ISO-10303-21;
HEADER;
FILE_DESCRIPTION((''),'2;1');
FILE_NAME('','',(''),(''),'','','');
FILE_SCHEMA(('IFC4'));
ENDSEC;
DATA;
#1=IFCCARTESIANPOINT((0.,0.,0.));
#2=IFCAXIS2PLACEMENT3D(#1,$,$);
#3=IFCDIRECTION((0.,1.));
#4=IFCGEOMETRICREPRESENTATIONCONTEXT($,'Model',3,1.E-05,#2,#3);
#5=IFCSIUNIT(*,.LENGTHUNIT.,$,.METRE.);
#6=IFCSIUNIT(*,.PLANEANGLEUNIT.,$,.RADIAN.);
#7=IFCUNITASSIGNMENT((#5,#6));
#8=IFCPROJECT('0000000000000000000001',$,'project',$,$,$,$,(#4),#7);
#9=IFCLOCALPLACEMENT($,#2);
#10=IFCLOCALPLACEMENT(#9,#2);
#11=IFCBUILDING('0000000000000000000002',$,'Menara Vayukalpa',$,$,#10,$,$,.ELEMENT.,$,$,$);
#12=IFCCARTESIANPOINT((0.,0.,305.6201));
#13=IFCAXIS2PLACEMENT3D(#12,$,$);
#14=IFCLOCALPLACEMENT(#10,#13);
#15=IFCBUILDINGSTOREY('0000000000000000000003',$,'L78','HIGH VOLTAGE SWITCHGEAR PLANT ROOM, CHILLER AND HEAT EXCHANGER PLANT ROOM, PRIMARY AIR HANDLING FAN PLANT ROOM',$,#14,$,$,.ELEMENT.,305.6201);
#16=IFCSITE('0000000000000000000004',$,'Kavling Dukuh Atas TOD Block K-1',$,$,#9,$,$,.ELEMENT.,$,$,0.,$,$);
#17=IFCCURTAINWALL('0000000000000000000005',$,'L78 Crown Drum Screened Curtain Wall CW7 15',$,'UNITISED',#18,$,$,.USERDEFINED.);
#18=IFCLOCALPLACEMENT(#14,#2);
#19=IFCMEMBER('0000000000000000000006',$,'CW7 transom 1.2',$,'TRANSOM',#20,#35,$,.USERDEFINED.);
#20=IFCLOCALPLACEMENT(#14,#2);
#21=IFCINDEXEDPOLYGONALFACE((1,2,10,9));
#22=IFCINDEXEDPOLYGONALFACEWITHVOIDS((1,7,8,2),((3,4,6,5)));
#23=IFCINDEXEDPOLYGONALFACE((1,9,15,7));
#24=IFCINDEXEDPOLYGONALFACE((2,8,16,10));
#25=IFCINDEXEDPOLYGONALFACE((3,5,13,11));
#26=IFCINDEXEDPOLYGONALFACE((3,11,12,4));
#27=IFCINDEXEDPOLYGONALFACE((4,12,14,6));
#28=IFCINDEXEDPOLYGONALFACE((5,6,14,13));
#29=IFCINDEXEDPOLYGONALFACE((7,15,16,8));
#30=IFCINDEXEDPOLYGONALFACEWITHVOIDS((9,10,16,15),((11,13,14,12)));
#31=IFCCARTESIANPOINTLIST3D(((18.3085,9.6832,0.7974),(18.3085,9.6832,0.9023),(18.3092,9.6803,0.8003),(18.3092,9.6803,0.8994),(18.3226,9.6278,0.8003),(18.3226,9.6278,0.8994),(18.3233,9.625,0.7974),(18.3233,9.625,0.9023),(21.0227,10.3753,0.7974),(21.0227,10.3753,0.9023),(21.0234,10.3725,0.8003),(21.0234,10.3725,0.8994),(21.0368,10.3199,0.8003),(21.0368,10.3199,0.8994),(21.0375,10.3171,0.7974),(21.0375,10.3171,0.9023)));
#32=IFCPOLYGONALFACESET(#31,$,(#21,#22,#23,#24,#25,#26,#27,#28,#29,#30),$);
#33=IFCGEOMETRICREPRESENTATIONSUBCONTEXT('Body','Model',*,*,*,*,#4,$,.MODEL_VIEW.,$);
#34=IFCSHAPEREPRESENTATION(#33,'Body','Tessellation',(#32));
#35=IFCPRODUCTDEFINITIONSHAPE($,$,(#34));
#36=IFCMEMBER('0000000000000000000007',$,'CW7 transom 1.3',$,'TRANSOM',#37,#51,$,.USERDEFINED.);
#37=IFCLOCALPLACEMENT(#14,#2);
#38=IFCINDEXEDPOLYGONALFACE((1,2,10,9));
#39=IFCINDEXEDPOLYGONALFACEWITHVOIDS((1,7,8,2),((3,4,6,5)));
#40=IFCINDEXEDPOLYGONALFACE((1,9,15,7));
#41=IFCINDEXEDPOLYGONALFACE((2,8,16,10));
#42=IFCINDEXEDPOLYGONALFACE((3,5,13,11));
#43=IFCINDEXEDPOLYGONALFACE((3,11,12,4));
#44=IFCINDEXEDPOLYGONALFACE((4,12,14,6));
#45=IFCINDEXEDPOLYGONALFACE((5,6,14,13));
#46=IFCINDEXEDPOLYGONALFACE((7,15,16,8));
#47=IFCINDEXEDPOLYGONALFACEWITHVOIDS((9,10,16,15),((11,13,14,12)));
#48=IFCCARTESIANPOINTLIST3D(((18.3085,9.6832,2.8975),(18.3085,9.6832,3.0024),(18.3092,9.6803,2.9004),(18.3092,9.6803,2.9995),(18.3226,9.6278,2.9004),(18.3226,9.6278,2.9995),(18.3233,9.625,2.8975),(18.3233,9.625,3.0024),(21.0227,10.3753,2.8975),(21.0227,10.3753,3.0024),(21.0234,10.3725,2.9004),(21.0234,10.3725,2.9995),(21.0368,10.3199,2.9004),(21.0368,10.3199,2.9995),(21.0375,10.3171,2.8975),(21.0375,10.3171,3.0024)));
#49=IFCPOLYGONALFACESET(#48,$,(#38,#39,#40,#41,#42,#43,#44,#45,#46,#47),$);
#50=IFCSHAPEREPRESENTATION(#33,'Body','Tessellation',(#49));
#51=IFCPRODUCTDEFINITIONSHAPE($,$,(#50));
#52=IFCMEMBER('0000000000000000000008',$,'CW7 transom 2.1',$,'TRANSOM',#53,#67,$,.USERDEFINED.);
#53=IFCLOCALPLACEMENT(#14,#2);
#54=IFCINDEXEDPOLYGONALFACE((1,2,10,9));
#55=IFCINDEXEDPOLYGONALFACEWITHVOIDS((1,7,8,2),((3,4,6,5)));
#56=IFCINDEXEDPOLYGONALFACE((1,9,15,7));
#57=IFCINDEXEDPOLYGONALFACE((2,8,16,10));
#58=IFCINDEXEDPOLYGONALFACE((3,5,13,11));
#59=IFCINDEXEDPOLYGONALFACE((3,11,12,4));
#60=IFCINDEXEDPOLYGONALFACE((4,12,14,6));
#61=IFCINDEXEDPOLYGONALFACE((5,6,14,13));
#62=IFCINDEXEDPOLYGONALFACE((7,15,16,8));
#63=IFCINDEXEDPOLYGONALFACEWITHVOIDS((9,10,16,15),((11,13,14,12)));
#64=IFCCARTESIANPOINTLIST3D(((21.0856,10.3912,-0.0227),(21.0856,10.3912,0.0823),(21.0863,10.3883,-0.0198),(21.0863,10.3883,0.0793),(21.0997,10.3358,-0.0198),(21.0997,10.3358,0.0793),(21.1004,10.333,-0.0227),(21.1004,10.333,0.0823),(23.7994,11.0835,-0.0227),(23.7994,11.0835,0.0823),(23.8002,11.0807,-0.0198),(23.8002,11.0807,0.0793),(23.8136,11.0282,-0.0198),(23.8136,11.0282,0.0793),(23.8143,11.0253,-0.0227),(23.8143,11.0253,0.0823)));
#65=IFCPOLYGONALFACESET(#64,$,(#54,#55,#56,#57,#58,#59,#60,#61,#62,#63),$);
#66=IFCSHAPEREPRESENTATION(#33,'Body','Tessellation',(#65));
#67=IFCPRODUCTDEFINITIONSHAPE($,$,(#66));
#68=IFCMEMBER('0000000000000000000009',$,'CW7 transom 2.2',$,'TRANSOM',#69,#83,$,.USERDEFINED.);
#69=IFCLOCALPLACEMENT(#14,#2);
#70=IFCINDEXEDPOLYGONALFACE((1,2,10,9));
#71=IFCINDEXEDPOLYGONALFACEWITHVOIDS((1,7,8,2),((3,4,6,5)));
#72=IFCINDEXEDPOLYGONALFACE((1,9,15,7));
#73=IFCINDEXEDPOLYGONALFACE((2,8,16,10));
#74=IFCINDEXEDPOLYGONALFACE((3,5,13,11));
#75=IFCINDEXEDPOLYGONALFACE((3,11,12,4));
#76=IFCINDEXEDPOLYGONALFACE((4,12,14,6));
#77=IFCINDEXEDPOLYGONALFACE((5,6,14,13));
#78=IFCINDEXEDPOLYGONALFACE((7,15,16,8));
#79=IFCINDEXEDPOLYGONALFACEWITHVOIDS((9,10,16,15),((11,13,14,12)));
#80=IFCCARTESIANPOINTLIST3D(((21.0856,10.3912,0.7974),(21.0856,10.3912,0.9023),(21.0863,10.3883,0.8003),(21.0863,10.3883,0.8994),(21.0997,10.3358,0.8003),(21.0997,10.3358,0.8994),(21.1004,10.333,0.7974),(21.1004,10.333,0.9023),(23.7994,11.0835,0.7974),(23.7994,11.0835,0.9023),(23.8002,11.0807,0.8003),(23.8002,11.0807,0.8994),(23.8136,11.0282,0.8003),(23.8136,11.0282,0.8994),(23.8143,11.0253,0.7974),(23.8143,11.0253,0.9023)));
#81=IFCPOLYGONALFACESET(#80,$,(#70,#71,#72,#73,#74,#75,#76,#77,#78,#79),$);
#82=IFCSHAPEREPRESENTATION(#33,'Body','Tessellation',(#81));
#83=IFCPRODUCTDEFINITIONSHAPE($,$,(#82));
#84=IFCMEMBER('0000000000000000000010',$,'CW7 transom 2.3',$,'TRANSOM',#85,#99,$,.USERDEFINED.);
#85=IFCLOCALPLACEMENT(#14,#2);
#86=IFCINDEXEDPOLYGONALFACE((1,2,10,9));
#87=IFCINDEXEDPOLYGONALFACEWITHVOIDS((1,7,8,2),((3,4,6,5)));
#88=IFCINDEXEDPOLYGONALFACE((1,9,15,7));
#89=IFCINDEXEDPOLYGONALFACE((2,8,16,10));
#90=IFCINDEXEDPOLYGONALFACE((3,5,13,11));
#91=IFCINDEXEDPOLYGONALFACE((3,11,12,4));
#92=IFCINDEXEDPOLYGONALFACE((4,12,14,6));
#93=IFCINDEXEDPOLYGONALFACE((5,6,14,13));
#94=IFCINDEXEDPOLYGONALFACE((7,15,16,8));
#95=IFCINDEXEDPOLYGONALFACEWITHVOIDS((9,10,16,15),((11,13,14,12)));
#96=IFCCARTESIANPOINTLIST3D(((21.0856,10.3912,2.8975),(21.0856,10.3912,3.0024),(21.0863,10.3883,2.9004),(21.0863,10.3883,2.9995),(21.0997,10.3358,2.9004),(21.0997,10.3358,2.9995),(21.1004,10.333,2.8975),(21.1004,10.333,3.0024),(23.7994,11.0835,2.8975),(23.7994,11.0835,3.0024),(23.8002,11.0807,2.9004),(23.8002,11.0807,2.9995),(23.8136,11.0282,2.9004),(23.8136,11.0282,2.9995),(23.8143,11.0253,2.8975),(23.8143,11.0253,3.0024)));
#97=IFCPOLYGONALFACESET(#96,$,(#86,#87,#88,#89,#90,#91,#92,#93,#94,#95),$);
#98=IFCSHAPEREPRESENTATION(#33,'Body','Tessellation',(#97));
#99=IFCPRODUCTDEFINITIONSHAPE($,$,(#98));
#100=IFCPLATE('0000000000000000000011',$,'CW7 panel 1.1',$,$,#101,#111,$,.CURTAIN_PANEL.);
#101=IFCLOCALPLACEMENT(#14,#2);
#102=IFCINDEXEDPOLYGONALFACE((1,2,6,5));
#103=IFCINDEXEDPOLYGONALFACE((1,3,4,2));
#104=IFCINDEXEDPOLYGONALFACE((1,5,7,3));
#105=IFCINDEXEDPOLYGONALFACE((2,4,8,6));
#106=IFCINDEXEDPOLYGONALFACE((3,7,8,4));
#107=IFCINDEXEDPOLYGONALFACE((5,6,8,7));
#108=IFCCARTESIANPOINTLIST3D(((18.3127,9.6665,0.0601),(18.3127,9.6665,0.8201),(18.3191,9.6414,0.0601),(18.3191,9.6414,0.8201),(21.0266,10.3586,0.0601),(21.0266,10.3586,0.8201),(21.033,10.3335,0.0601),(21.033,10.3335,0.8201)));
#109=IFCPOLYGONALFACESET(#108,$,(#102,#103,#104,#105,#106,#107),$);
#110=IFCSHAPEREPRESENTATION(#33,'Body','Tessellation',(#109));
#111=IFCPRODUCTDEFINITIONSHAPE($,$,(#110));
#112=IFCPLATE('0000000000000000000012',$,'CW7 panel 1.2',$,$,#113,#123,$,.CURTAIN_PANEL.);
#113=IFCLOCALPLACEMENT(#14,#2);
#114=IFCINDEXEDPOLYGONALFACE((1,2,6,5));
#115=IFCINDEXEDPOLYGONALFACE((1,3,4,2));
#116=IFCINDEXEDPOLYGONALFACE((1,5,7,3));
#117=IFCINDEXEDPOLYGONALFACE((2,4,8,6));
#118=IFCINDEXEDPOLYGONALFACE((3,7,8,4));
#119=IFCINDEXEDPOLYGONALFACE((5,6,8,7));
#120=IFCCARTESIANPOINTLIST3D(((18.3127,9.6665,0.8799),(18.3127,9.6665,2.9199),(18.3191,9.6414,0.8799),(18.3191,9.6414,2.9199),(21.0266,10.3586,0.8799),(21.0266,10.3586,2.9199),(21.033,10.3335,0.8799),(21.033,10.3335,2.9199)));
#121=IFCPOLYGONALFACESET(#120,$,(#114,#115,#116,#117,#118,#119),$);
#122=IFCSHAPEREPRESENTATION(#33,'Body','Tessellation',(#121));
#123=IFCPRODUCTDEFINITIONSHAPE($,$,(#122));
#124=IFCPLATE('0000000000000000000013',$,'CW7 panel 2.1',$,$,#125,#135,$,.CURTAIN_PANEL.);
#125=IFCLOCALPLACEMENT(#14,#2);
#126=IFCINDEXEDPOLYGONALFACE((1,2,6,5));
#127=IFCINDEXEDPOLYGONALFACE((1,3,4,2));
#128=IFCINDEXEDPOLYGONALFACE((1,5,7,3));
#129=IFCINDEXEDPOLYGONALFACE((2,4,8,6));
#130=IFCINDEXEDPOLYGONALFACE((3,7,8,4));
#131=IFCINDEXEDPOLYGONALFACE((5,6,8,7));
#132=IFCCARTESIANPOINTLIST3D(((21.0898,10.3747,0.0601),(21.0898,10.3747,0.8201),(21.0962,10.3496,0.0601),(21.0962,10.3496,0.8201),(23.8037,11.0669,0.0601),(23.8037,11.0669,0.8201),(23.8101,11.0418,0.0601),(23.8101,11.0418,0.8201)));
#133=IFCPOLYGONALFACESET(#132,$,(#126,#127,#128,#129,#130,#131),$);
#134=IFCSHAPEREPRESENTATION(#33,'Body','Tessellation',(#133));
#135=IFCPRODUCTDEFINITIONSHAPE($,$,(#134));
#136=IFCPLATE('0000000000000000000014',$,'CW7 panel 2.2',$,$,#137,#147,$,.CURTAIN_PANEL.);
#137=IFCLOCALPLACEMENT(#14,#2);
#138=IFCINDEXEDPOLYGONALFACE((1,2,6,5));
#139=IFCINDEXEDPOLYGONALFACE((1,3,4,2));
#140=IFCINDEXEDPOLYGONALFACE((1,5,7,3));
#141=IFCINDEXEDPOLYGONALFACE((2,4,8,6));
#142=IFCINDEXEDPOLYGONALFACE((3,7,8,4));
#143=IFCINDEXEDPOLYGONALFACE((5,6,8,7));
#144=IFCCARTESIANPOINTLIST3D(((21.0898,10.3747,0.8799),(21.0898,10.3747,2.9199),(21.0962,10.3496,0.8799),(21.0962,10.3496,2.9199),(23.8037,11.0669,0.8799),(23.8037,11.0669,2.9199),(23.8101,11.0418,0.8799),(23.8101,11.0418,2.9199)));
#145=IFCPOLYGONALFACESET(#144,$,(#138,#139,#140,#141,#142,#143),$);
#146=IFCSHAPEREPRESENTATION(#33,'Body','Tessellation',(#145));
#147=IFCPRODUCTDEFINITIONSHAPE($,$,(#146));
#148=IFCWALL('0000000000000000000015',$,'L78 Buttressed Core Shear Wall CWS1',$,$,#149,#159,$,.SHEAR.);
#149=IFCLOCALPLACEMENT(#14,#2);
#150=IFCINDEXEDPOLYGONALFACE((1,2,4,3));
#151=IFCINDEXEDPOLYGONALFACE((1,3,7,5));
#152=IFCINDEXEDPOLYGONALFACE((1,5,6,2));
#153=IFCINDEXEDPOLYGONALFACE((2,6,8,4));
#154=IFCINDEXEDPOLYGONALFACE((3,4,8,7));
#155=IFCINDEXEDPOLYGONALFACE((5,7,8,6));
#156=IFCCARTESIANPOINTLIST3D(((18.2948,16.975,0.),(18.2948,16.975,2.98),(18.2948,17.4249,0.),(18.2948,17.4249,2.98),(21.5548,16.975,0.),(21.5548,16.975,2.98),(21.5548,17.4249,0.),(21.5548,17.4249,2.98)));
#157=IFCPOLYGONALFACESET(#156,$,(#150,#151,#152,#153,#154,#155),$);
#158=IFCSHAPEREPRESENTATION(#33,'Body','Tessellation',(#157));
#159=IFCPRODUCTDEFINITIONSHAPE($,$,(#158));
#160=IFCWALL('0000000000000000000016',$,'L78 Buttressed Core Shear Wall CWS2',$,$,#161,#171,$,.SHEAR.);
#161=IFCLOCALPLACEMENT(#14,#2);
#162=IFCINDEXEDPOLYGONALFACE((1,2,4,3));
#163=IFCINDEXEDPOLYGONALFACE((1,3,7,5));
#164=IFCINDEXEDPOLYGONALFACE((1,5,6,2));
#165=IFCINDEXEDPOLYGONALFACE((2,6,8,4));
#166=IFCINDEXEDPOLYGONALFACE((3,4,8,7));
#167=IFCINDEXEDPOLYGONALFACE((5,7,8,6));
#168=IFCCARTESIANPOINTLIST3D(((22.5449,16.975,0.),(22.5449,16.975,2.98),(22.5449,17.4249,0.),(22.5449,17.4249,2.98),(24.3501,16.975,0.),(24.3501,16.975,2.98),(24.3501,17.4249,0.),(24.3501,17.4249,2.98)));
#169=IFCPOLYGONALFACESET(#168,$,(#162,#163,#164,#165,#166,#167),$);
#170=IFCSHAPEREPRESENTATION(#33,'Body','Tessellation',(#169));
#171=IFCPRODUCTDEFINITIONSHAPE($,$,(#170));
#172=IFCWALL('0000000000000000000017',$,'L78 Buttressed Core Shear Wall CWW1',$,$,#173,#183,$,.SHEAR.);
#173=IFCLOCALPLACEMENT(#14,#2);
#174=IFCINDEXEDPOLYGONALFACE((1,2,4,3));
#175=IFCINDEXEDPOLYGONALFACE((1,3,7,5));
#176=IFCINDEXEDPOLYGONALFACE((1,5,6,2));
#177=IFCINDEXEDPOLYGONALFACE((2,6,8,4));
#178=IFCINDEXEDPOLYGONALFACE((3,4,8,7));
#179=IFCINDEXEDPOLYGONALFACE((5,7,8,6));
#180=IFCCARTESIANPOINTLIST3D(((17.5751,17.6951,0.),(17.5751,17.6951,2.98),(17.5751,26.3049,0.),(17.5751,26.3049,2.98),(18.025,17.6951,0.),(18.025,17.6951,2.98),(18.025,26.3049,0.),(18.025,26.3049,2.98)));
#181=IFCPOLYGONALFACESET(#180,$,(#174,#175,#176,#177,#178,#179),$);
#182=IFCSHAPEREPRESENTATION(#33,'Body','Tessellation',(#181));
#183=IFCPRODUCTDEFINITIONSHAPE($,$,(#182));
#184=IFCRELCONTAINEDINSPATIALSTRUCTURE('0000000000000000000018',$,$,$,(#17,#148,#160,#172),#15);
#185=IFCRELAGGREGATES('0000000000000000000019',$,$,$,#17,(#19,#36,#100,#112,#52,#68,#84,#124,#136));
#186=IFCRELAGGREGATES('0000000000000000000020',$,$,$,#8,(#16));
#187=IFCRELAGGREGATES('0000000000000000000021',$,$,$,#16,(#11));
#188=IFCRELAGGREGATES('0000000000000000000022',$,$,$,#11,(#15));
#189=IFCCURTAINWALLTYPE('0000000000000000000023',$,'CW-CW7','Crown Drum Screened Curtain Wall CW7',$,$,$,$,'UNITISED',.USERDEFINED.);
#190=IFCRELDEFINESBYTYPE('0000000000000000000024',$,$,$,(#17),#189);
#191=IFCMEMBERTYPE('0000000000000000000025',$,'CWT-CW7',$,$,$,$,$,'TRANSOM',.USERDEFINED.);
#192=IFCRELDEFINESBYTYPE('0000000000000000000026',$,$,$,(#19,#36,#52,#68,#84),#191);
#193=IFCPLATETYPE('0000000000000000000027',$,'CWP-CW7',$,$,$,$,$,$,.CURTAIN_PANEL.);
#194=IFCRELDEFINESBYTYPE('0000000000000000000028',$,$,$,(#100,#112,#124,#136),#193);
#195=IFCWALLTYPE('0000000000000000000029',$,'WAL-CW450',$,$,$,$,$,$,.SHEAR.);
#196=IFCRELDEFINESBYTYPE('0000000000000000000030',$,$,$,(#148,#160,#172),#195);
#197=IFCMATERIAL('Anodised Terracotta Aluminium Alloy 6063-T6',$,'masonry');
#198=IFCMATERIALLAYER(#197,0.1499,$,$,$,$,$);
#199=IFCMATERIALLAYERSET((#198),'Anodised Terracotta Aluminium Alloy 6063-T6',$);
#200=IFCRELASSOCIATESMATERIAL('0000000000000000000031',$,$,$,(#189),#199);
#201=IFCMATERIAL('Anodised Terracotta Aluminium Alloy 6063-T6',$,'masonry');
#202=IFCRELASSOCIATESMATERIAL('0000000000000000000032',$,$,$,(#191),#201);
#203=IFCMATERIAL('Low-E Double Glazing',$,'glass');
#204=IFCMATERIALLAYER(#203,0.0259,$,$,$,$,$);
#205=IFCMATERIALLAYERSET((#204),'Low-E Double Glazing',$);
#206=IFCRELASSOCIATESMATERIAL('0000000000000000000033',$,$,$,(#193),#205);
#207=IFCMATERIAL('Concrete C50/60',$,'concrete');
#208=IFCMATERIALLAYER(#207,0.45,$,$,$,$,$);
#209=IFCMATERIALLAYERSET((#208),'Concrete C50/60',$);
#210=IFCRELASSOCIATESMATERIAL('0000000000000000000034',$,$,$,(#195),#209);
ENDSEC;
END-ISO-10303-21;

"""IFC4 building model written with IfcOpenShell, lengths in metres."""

from ifc_helpers import new_model, si_unit, direction, frame, frame_2d, origin, origin_2d, place, context, subcontext, project, spatial, rectangle, hollow_rectangle, extrude, material, layer, layer_set, material_profile, profile_set, type_object, element, aggregate, save


model = new_model("IFC4")

# Units and contexts
model_context = context("Model", 3, precision=1e-05, world=origin(), true_north=direction((0.0, 1.0)))
body_context = subcontext(model_context, "Body", "Model", "MODEL_VIEW")
ifc_project = project(units=[si_unit("LENGTHUNIT", "METRE"), si_unit("PLANEANGLEUNIT", "RADIAN")], contexts=[model_context])

# Site, building, storey
site_placement = place(None, origin())
site = spatial("IfcSite", under=ifc_project, at=site_placement, Name="Kavling Dukuh Atas TOD Block K-1", CompositionType="ELEMENT", RefElevation=0.0)
building_placement = place(site_placement, origin())
building = spatial("IfcBuilding", under=site, at=building_placement, Name="Menara Vayukalpa", CompositionType="ELEMENT")
storey_placement = place(building_placement, frame((0.0, 0.0, 305.6201)))
storey = spatial("IfcBuildingStorey", under=building, at=storey_placement, Name="L78", Description="HIGH VOLTAGE SWITCHGEAR PLANT ROOM, CHILLER AND HEAT EXCHANGER PLANT ROOM, PRIMARY AIR HANDLING FAN PLANT ROOM", CompositionType="ELEMENT", Elevation=305.6201)

# Curtain wall, members, plates
ifc_material_1 = material(Name="Anodised Terracotta Aluminium Alloy 6063-T6", Category="masonry")
ifc_layer_1 = layer(ifc_material_1, 0.1499)
ifc_layer_set_1 = layer_set([ifc_layer_1], Name="Anodised Terracotta Aluminium Alloy 6063-T6")
curtain_wall_type = type_object("IfcCurtainWallType", Name="CW-CW7", Description="Crown Drum Screened Curtain Wall CW7", ElementType="UNITISED", PredefinedType="USERDEFINED", material=ifc_layer_set_1)
curtain_wall_placement = place(storey_placement, origin())
curtain_wall = element("IfcCurtainWall", 1, at=curtain_wall_placement, inside=storey, type_object=curtain_wall_type, Name="L78 Crown Drum Screened Curtain Wall CW7 15", ObjectType="UNITISED", PredefinedType="USERDEFINED")
ifc_material_2 = material(Name="Anodised Terracotta Aluminium Alloy 6063-T6", Category="masonry")
ifc_material_profile_1 = material_profile(ifc_material_2, hollow_rectangle(XDim=0.0601, YDim=0.105, WallThickness=0.0029, at=origin_2d()), Name="ALU 60x105x3")
ifc_profile_set_1 = profile_set([ifc_material_profile_1], Name="Anodised Terracotta Aluminium Alloy 6063-T6")
member_type_1 = type_object("IfcMemberType", Name="CWT-CW7", ElementType="TRANSOM", PredefinedType="USERDEFINED", material=ifc_profile_set_1)
member_1_placement = place(storey_placement, frame((18.3159, 9.6541, 0.8499), z_axis=(0.968988, 0.247106, 0.0), x_axis=(-0.247106, 0.968988, 0.0)))
member_1 = element("IfcMember", 2, at=member_1_placement, type_object=member_type_1, Name="CW7 transom 1.2", ObjectType="TRANSOM", PredefinedType="USERDEFINED", context=body_context, shape_type="SweptSolid", body=[
    extrude(hollow_rectangle(XDim=0.0601, YDim=0.105, WallThickness=0.0029, at=origin_2d()), origin(), (0.0, 0.0, 1.0), 2.801),
])
member_2_placement = place(storey_placement, frame((18.3159, 9.6541, 2.95), z_axis=(0.968988, 0.247106, 0.0), x_axis=(-0.247106, 0.968988, 0.0)))
member_2 = element("IfcMember", 3, at=member_2_placement, type_object=member_type_1, Name="CW7 transom 1.3", ObjectType="TRANSOM", PredefinedType="USERDEFINED", context=body_context, shape_type="SweptSolid", body=[
    extrude(hollow_rectangle(XDim=0.0601, YDim=0.105, WallThickness=0.0029, at=origin_2d()), origin(), (0.0, 0.0, 1.0), 2.801),
])
member_3_placement = place(storey_placement, frame((21.093, 10.3621, 0.0298), z_axis=(0.968962, 0.247209, 0.0), x_axis=(-0.247209, 0.968962, 0.0)))
member_3 = element("IfcMember", 4, at=member_3_placement, type_object=member_type_1, Name="CW7 transom 2.1", ObjectType="TRANSOM", PredefinedType="USERDEFINED", context=body_context, shape_type="SweptSolid", body=[
    extrude(hollow_rectangle(XDim=0.0601, YDim=0.105, WallThickness=0.0029, at=origin_2d()), origin(), (0.0, 0.0, 1.0), 2.8008),
])
member_4_placement = place(storey_placement, frame((21.093, 10.3621, 0.8499), z_axis=(0.968962, 0.247209, 0.0), x_axis=(-0.247209, 0.968962, 0.0)))
member_4 = element("IfcMember", 5, at=member_4_placement, type_object=member_type_1, Name="CW7 transom 2.2", ObjectType="TRANSOM", PredefinedType="USERDEFINED", context=body_context, shape_type="SweptSolid", body=[
    extrude(hollow_rectangle(XDim=0.0601, YDim=0.105, WallThickness=0.0029, at=origin_2d()), origin(), (0.0, 0.0, 1.0), 2.8008),
])
member_5_placement = place(storey_placement, frame((21.093, 10.3621, 2.95), z_axis=(0.968962, 0.247209, 0.0), x_axis=(-0.247209, 0.968962, 0.0)))
member_5 = element("IfcMember", 6, at=member_5_placement, type_object=member_type_1, Name="CW7 transom 2.3", ObjectType="TRANSOM", PredefinedType="USERDEFINED", context=body_context, shape_type="SweptSolid", body=[
    extrude(hollow_rectangle(XDim=0.0601, YDim=0.105, WallThickness=0.0029, at=origin_2d()), origin(), (0.0, 0.0, 1.0), 2.8008),
])
ifc_material_3 = material(Name="Low-E Double Glazing", Category="glass")
ifc_layer_2 = layer(ifc_material_3, 0.0259)
ifc_layer_set_2 = layer_set([ifc_layer_2], Name="Low-E Double Glazing")
plate_type = type_object("IfcPlateType", Name="CWP-CW7", PredefinedType="CURTAIN_PANEL", material=ifc_layer_set_2)
plate_1_placement = place(storey_placement, frame((19.6729, 10.0, 0.0601), z_axis=(0.0, 0.0, 1.0), x_axis=(0.968984, 0.247124, 0.0)))
plate_1 = element("IfcPlate", 7, at=plate_1_placement, type_object=plate_type, Name="CW7 panel 1.1", PredefinedType="CURTAIN_PANEL", context=body_context, shape_type="SweptSolid", body=[
    extrude(rectangle(XDim=2.8008, YDim=0.0259, at=origin_2d()), origin(), (0.0, 0.0, 1.0), 0.76),
])
plate_2_placement = place(storey_placement, frame((19.6729, 10.0, 0.8799), z_axis=(0.0, 0.0, 1.0), x_axis=(0.968984, 0.247124, 0.0)))
plate_2 = element("IfcPlate", 8, at=plate_2_placement, type_object=plate_type, Name="CW7 panel 1.2", PredefinedType="CURTAIN_PANEL", context=body_context, shape_type="SweptSolid", body=[
    extrude(rectangle(XDim=2.8008, YDim=0.0259, at=origin_2d()), origin(), (0.0, 0.0, 1.0), 2.04),
])
plate_3_placement = place(storey_placement, frame((22.45, 10.7083, 0.0601), z_axis=(0.0, 0.0, 1.0), x_axis=(0.968984, 0.247124, 0.0)))
plate_3 = element("IfcPlate", 9, at=plate_3_placement, type_object=plate_type, Name="CW7 panel 2.1", PredefinedType="CURTAIN_PANEL", context=body_context, shape_type="SweptSolid", body=[
    extrude(rectangle(XDim=2.8008, YDim=0.0259, at=origin_2d()), origin(), (0.0, 0.0, 1.0), 0.76),
])
plate_4_placement = place(storey_placement, frame((22.45, 10.7083, 0.8799), z_axis=(0.0, 0.0, 1.0), x_axis=(0.968984, 0.247124, 0.0)))
plate_4 = element("IfcPlate", 10, at=plate_4_placement, type_object=plate_type, Name="CW7 panel 2.2", PredefinedType="CURTAIN_PANEL", context=body_context, shape_type="SweptSolid", body=[
    extrude(rectangle(XDim=2.8008, YDim=0.0259, at=origin_2d()), origin(), (0.0, 0.0, 1.0), 2.04),
])
aggregate(curtain_wall, [member_1, member_2, plate_1, plate_2, member_3, member_4, member_5, plate_3, plate_4])

# Walls
ifc_material_4 = material(Name="Concrete C50/60", Category="concrete")
ifc_layer_3 = layer(ifc_material_4, 0.45)
ifc_layer_set_3 = layer_set([ifc_layer_3], Name="Concrete C50/60")
wall_type_1 = type_object("IfcWallType", Name="WAL-CW450", PredefinedType="SHEAR", material=ifc_layer_set_3)
wall_1_placement = place(storey_placement, frame((18.2949, 17.2, 0.0), z_axis=(0.0, 0.0, 1.0), x_axis=(1.0, 0.0, 0.0)))
element("IfcWall", 11, at=wall_1_placement, inside=storey, type_object=wall_type_1, Name="L78 Buttressed Core Shear Wall CWS1", PredefinedType="SHEAR", context=body_context, shape_type="SweptSolid", body=[
    extrude(rectangle(XDim=3.26, YDim=0.45, at=frame_2d((1.6299, 0.0))), origin(), (0.0, 0.0, 1.0), 2.98),
])
wall_2_placement = place(storey_placement, frame((22.5449, 17.2, 0.0), z_axis=(0.0, 0.0, 1.0), x_axis=(1.0, 0.0, 0.0)))
element("IfcWall", 12, at=wall_2_placement, inside=storey, type_object=wall_type_1, Name="L78 Buttressed Core Shear Wall CWS2", PredefinedType="SHEAR", context=body_context, shape_type="SweptSolid", body=[
    extrude(rectangle(XDim=1.8052, YDim=0.45, at=frame_2d((0.9026, 0.0))), origin(), (0.0, 0.0, 1.0), 2.98),
])
wall_3_placement = place(storey_placement, frame((17.8, 17.6951, 0.0), z_axis=(0.0, 0.0, 1.0), x_axis=(0.0, 1.0, 0.0)))
element("IfcWall", 13, at=wall_3_placement, inside=storey, type_object=wall_type_1, Name="L78 Buttressed Core Shear Wall CWW1", PredefinedType="SHEAR", context=body_context, shape_type="SweptSolid", body=[
    extrude(rectangle(XDim=8.6099, YDim=0.45, at=frame_2d((4.3049, 0.0))), origin(), (0.0, 0.0, 1.0), 2.98),
])

save(model, "model.ifc")
